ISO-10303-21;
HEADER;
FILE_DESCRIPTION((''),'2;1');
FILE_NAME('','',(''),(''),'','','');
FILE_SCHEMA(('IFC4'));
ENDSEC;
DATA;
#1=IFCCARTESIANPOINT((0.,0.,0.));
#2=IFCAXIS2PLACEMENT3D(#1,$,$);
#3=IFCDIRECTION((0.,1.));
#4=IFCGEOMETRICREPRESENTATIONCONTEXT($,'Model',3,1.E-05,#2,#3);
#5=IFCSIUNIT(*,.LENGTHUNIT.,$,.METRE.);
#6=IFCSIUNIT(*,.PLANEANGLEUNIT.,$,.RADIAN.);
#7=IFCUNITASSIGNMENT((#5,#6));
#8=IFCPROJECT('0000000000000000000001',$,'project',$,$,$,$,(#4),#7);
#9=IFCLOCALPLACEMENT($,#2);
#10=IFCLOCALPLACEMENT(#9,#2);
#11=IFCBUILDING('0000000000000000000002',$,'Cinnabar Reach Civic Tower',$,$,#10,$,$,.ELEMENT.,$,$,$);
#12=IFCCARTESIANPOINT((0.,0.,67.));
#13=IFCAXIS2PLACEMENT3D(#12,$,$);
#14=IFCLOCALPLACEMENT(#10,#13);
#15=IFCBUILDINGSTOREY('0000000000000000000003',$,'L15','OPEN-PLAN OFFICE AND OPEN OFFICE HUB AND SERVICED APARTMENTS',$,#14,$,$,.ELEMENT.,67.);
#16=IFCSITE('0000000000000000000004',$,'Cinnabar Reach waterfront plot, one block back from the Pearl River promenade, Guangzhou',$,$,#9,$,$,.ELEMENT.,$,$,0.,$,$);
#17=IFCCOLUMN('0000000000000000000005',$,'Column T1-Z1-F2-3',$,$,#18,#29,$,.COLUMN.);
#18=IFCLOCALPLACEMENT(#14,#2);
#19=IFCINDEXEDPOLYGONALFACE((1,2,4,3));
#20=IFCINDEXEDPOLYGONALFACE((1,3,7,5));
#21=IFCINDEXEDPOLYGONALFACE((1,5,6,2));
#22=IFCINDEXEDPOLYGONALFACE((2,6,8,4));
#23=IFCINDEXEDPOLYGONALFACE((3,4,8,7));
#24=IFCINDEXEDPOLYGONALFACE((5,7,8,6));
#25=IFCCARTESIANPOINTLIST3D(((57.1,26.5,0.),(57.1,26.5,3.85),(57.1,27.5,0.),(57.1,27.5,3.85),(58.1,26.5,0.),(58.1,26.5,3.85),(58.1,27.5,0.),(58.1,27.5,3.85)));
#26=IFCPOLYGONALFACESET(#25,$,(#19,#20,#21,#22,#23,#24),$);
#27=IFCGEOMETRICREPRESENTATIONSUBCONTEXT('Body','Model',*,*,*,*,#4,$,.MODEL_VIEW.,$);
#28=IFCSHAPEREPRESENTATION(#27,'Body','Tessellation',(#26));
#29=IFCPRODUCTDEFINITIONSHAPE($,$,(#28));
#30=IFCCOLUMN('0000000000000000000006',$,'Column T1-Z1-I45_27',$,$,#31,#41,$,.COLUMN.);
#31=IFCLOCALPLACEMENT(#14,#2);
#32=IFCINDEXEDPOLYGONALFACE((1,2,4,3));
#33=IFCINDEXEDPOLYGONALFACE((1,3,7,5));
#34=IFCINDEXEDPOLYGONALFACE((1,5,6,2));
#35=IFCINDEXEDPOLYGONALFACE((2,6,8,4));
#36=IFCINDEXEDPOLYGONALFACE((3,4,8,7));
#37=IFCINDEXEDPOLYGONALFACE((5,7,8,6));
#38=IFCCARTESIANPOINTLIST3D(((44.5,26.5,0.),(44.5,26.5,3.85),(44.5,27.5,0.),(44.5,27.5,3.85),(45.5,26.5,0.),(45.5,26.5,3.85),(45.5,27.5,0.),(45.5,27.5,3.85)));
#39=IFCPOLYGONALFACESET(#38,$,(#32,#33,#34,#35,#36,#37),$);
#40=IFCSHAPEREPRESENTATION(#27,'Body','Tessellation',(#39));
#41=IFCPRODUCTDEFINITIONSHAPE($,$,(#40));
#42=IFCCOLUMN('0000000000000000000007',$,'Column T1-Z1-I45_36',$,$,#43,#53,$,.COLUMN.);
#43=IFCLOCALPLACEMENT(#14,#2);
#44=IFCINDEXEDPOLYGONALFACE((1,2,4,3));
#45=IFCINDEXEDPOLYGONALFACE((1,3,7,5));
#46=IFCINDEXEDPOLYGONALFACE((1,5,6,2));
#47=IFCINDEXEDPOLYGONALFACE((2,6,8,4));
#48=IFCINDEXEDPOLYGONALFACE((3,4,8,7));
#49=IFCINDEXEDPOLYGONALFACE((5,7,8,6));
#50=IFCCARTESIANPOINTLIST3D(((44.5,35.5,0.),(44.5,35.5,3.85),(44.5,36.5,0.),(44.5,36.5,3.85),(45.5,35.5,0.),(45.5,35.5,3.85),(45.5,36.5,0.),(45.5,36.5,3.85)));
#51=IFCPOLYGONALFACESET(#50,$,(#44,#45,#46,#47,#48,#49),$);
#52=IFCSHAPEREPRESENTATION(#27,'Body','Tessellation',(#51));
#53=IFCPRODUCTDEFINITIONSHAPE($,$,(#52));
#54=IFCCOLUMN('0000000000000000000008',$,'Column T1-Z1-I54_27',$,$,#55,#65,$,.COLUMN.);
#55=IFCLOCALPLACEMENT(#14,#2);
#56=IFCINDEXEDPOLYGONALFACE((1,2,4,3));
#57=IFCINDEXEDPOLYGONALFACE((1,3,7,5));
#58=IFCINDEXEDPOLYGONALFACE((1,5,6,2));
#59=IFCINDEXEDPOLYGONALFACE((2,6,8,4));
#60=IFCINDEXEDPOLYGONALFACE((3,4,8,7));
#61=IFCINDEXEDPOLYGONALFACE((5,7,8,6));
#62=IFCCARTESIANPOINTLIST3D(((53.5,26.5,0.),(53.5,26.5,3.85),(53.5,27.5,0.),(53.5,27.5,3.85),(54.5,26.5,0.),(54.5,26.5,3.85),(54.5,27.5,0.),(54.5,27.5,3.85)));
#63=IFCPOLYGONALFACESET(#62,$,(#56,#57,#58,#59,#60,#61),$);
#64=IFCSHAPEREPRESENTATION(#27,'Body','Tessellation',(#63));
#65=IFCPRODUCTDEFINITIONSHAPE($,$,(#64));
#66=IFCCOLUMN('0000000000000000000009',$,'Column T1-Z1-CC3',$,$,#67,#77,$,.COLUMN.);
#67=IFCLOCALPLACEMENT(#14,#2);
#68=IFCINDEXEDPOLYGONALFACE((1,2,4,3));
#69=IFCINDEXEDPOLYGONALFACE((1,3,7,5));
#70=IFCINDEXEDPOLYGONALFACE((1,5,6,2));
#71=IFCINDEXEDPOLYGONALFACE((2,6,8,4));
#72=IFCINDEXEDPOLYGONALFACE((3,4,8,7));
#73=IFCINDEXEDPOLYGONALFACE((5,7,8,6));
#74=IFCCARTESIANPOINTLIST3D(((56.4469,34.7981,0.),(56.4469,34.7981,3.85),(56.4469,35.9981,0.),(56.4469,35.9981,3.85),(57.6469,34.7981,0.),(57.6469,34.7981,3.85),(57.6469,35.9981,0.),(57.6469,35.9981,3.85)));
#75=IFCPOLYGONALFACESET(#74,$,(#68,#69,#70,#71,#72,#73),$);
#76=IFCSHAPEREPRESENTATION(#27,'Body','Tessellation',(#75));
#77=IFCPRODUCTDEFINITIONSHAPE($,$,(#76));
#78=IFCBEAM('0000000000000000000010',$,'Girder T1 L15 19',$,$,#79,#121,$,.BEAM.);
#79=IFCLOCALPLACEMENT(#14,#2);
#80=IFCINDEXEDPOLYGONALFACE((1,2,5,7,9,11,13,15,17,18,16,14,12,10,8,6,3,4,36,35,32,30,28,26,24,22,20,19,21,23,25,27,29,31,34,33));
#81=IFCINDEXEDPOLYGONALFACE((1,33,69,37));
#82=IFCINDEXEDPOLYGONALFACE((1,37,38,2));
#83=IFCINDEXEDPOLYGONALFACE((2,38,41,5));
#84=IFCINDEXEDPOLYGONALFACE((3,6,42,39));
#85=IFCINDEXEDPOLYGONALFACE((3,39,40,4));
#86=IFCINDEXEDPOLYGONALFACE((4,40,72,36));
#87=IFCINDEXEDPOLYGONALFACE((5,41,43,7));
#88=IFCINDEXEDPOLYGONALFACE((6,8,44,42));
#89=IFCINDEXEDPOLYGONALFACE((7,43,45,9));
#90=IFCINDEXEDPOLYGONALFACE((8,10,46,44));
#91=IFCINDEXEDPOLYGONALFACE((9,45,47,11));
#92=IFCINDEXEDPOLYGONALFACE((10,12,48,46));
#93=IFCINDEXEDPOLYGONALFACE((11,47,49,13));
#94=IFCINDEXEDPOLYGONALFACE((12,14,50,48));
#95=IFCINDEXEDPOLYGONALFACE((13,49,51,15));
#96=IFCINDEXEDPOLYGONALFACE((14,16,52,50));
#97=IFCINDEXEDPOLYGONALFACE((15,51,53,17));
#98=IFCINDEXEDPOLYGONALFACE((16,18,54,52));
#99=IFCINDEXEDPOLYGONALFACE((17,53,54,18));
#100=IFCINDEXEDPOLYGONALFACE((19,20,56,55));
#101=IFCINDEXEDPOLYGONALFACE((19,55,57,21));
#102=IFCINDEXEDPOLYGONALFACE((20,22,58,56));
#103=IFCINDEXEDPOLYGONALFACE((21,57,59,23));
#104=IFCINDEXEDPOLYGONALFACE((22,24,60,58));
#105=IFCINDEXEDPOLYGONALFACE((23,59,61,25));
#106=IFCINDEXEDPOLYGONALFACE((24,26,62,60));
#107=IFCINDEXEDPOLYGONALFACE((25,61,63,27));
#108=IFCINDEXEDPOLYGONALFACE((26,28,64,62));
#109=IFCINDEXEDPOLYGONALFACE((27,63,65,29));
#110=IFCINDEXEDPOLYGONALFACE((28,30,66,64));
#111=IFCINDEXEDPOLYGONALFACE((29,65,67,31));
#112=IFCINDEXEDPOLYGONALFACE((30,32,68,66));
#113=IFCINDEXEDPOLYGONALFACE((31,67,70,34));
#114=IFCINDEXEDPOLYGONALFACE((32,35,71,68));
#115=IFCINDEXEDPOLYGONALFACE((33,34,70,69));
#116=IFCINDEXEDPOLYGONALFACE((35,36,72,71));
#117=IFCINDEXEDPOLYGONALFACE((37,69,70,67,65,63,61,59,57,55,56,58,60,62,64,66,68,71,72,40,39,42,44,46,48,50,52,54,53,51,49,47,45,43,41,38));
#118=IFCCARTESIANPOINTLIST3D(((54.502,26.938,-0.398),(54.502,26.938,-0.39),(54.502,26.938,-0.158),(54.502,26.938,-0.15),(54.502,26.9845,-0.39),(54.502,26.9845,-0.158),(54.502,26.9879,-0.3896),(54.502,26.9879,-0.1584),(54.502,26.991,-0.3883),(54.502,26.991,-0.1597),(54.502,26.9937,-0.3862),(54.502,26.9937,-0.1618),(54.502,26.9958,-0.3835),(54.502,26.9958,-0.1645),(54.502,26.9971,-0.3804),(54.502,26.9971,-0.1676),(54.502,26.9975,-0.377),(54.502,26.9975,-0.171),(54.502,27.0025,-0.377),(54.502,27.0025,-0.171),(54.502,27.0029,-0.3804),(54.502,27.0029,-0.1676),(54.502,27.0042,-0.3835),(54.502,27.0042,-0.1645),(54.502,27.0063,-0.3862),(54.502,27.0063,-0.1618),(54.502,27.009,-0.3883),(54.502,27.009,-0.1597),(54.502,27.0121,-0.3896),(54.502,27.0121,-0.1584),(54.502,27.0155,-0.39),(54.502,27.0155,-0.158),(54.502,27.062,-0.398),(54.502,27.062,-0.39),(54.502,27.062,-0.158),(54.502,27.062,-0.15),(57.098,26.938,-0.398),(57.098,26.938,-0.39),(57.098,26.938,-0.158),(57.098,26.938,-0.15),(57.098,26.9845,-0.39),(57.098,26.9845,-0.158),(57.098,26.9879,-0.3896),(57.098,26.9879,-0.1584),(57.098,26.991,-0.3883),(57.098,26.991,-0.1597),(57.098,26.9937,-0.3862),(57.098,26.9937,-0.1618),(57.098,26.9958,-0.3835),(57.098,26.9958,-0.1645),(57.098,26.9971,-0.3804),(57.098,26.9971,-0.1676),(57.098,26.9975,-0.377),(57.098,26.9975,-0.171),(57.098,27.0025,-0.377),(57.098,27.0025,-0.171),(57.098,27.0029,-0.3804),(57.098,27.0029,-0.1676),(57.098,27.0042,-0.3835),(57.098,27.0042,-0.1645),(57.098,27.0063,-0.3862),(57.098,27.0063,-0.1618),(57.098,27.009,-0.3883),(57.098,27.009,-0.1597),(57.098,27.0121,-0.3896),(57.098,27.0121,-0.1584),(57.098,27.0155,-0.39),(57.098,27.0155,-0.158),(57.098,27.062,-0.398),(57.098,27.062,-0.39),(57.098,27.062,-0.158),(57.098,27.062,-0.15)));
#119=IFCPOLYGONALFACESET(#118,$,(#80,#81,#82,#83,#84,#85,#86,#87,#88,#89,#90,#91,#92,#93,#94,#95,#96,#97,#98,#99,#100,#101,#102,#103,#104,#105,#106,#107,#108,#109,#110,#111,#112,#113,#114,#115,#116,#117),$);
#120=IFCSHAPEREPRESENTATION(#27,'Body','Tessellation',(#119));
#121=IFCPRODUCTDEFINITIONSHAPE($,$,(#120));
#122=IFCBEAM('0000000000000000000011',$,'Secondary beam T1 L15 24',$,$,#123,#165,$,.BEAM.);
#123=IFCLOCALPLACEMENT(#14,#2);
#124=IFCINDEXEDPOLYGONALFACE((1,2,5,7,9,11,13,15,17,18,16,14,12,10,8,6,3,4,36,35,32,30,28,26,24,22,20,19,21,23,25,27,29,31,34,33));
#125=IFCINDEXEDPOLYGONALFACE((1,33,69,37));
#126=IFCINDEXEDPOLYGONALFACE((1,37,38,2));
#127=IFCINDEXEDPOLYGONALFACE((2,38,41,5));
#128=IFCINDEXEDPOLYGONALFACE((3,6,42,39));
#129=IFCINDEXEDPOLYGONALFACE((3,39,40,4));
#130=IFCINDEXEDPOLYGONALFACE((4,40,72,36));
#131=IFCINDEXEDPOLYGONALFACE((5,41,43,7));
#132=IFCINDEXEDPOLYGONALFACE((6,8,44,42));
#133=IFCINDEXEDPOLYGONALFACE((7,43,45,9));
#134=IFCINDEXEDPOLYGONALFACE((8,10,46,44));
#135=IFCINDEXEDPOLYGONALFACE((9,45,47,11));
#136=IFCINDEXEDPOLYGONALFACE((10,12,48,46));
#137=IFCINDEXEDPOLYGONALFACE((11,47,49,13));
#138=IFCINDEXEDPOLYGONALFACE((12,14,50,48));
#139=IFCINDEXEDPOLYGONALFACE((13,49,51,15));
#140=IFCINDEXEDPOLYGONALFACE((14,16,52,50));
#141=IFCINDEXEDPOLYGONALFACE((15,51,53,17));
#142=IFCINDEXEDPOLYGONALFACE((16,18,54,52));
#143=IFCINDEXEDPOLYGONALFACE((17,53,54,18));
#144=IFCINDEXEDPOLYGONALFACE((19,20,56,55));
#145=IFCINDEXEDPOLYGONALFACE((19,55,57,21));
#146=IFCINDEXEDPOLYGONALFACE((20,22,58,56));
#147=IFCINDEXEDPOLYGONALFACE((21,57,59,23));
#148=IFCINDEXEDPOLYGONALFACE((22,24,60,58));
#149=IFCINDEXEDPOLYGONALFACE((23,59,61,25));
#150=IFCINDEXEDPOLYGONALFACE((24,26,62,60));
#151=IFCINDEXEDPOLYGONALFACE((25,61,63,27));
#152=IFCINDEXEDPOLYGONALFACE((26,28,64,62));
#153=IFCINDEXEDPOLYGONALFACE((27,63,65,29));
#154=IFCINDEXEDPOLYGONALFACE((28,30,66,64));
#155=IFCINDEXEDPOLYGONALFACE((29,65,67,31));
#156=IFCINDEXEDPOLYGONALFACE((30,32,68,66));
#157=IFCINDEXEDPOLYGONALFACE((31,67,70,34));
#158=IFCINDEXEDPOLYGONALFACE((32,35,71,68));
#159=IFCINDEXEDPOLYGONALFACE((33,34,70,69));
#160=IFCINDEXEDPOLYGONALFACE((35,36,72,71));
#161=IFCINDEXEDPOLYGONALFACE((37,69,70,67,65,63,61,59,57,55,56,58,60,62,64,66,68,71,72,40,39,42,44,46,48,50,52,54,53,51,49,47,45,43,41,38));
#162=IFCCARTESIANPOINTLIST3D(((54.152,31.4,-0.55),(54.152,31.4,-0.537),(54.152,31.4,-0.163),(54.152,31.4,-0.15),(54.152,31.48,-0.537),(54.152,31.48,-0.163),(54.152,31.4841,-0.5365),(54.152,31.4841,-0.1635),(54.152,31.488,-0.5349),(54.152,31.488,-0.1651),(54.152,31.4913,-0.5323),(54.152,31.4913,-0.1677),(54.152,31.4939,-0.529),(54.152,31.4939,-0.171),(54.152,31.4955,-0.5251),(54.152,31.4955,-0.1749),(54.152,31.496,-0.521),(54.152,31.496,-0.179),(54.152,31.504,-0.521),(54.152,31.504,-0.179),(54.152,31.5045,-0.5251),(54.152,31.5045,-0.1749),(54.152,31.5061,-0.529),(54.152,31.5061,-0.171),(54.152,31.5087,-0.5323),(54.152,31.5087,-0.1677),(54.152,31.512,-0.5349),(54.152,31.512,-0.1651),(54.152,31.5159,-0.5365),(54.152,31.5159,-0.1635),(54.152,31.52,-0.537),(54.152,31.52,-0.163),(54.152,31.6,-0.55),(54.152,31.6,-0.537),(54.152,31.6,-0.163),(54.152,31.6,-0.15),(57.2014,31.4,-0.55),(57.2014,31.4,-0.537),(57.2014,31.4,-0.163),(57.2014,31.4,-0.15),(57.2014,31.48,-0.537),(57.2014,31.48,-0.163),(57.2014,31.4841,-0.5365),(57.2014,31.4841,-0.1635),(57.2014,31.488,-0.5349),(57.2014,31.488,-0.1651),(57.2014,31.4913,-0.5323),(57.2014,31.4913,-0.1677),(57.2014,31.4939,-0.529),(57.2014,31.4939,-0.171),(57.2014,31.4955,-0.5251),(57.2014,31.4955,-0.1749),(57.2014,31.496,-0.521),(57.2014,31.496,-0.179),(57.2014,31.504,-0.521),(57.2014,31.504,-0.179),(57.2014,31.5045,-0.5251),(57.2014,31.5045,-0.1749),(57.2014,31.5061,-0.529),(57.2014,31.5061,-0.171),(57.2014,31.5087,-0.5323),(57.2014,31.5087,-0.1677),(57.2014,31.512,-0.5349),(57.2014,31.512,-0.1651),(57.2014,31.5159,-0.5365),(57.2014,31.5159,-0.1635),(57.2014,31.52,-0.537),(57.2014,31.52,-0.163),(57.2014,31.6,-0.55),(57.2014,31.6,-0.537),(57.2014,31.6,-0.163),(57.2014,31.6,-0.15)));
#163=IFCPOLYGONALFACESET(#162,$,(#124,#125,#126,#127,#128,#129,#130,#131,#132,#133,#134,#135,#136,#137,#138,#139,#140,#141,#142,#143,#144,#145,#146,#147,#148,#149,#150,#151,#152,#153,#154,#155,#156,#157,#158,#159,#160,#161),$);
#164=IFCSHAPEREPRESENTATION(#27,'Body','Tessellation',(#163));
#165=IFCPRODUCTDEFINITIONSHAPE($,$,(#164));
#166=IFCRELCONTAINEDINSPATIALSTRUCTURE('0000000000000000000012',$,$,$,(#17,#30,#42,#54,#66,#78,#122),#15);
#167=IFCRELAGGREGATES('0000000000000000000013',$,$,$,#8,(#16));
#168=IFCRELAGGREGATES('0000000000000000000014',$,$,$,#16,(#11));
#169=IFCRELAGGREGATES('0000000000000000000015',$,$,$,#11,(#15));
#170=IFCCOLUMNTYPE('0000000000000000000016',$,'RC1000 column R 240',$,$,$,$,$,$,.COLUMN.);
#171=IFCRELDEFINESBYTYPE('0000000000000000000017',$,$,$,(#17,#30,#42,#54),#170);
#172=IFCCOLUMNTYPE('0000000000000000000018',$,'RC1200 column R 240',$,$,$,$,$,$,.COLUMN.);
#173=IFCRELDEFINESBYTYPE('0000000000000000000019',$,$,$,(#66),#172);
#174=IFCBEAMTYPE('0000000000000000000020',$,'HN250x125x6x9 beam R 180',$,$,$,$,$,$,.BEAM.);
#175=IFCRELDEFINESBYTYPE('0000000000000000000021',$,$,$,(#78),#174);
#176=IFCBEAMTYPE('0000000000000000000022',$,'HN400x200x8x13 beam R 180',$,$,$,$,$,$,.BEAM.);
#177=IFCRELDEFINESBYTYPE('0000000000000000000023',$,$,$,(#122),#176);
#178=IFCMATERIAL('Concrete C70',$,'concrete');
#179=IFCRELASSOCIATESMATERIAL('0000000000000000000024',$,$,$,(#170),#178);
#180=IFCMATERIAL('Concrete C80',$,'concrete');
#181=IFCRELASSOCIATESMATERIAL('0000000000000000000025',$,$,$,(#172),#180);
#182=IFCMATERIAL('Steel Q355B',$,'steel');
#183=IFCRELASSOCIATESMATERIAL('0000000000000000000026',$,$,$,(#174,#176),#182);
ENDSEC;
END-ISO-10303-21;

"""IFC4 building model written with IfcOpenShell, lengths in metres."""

from ifc_helpers import new_model, si_unit, direction, frame, origin, origin_2d, place, context, subcontext, project, spatial, rectangle, i_section, extrude, material, material_profile, profile_set, type_object, element, save


model = new_model("IFC4")

# Units and contexts
model_context = context("Model", 3, precision=1e-05, world=origin(), true_north=direction((0.0, 1.0)))
body_context = subcontext(model_context, "Body", "Model", "MODEL_VIEW")
ifc_project = project(units=[si_unit("LENGTHUNIT", "METRE"), si_unit("PLANEANGLEUNIT", "RADIAN")], contexts=[model_context])

# Site, building, storey
site_placement = place(None, origin())
site = spatial("IfcSite", under=ifc_project, at=site_placement, Name="Cinnabar Reach waterfront plot, one block back from the Pearl River promenade, Guangzhou", CompositionType="ELEMENT", RefElevation=0.0)
building_placement = place(site_placement, origin())
building = spatial("IfcBuilding", under=site, at=building_placement, Name="Cinnabar Reach Civic Tower", CompositionType="ELEMENT")
storey_placement = place(building_placement, frame((0.0, 0.0, 67.0)))
storey = spatial("IfcBuildingStorey", under=building, at=storey_placement, Name="L15", Description="OPEN-PLAN OFFICE AND OPEN OFFICE HUB AND SERVICED APARTMENTS", CompositionType="ELEMENT", Elevation=67.0)

# Columns
ifc_material_1 = material(Name="Concrete C70", Category="concrete")
ifc_material_profile_1 = material_profile(ifc_material_1, rectangle(XDim=1.0, YDim=1.0, at=origin_2d()), Name="RC1000")
ifc_profile_set_1 = profile_set([ifc_material_profile_1], Name="Concrete C70")
column_type_1 = type_object("IfcColumnType", Name="RC1000 column R 240", PredefinedType="COLUMN", material=ifc_profile_set_1)
for number, where, z_axis, x_axis, name in (
    (1, (57.6, 27.0, 0.0), (0.0, 0.0, 1.0), (1.0, 0.0, 0.0), "Column T1-Z1-F2-3"),
    (2, (45.0, 27.0, 0.0), (0.0, 0.0, 1.0), (1.0, 0.0, 0.0), "Column T1-Z1-I45_27"),
    (3, (45.0, 36.0, 0.0), (0.0, 0.0, 1.0), (1.0, 0.0, 0.0), "Column T1-Z1-I45_36"),
    (4, (54.0, 27.0, 0.0), (0.0, 0.0, 1.0), (1.0, 0.0, 0.0), "Column T1-Z1-I54_27"),
):
    element("IfcColumn", number, at=place(storey_placement, frame(where, z_axis=z_axis, x_axis=x_axis)), inside=storey, type_object=column_type_1, Name=name, PredefinedType="COLUMN", context=body_context, shape_type="SweptSolid", body=[
        extrude(rectangle(XDim=1.0, YDim=1.0, at=origin_2d()), origin(), (0.0, 0.0, 1.0), 3.85),
    ])
ifc_material_2 = material(Name="Concrete C80", Category="concrete")
ifc_material_profile_2 = material_profile(ifc_material_2, rectangle(XDim=1.2, YDim=1.2, at=origin_2d()), Name="RC1200")
ifc_profile_set_2 = profile_set([ifc_material_profile_2], Name="Concrete C80")
column_type_2 = type_object("IfcColumnType", Name="RC1200 column R 240", PredefinedType="COLUMN", material=ifc_profile_set_2)
column_placement = place(storey_placement, frame((57.0469, 35.3981, 0.0), z_axis=(0.0, 0.0, 1.0), x_axis=(1.0, 0.0, 0.0)))
element("IfcColumn", 5, at=column_placement, inside=storey, type_object=column_type_2, Name="Column T1-Z1-CC3", PredefinedType="COLUMN", context=body_context, shape_type="SweptSolid", body=[
    extrude(rectangle(XDim=1.2, YDim=1.2, at=origin_2d()), origin(), (0.0, 0.0, 1.0), 3.85),
])

# Beams
ifc_material_3 = material(Name="Steel Q355B", Category="steel")
ifc_material_profile_3 = material_profile(ifc_material_3, i_section(OverallWidth=0.124, OverallDepth=0.248, WebThickness=0.005, FlangeThickness=0.008, FilletRadius=0.013, at=origin_2d()), Name="HN250x125x6x9")
ifc_profile_set_3 = profile_set([ifc_material_profile_3], Name="Steel Q355B")
beam_type_1 = type_object("IfcBeamType", Name="HN250x125x6x9 beam R 180", PredefinedType="BEAM", material=ifc_profile_set_3)
beam_1_placement = place(storey_placement, frame((54.502, 27.0, -0.274), z_axis=(1.0, 0.0, 0.0), x_axis=(0.0, 1.0, 0.0)))
element("IfcBeam", 6, at=beam_1_placement, inside=storey, type_object=beam_type_1, Name="Girder T1 L15 19", PredefinedType="BEAM", context=body_context, shape_type="SweptSolid", body=[
    extrude(i_section(OverallWidth=0.124, OverallDepth=0.248, WebThickness=0.005, FlangeThickness=0.008, FilletRadius=0.013, at=origin_2d()), origin(), (0.0, 0.0, 1.0), 2.596),
])
ifc_material_profile_4 = material_profile(ifc_material_3, i_section(OverallWidth=0.2, OverallDepth=0.4, WebThickness=0.008, FlangeThickness=0.013, FilletRadius=0.016, at=origin_2d()), Name="HN400x200x8x13")
ifc_profile_set_4 = profile_set([ifc_material_profile_4], Name="Steel Q355B")
beam_type_2 = type_object("IfcBeamType", Name="HN400x200x8x13 beam R 180", PredefinedType="BEAM", material=ifc_profile_set_4)
beam_2_placement = place(storey_placement, frame((54.152, 31.5, -0.35), z_axis=(1.0, 0.0, 0.0), x_axis=(0.0, 1.0, 0.0)))
element("IfcBeam", 7, at=beam_2_placement, inside=storey, type_object=beam_type_2, Name="Secondary beam T1 L15 24", PredefinedType="BEAM", context=body_context, shape_type="SweptSolid", body=[
    extrude(i_section(OverallWidth=0.2, OverallDepth=0.4, WebThickness=0.008, FlangeThickness=0.013, FilletRadius=0.016, at=origin_2d()), origin(), (0.0, 0.0, 1.0), 3.0494),
])

save(model, "model.ifc")
